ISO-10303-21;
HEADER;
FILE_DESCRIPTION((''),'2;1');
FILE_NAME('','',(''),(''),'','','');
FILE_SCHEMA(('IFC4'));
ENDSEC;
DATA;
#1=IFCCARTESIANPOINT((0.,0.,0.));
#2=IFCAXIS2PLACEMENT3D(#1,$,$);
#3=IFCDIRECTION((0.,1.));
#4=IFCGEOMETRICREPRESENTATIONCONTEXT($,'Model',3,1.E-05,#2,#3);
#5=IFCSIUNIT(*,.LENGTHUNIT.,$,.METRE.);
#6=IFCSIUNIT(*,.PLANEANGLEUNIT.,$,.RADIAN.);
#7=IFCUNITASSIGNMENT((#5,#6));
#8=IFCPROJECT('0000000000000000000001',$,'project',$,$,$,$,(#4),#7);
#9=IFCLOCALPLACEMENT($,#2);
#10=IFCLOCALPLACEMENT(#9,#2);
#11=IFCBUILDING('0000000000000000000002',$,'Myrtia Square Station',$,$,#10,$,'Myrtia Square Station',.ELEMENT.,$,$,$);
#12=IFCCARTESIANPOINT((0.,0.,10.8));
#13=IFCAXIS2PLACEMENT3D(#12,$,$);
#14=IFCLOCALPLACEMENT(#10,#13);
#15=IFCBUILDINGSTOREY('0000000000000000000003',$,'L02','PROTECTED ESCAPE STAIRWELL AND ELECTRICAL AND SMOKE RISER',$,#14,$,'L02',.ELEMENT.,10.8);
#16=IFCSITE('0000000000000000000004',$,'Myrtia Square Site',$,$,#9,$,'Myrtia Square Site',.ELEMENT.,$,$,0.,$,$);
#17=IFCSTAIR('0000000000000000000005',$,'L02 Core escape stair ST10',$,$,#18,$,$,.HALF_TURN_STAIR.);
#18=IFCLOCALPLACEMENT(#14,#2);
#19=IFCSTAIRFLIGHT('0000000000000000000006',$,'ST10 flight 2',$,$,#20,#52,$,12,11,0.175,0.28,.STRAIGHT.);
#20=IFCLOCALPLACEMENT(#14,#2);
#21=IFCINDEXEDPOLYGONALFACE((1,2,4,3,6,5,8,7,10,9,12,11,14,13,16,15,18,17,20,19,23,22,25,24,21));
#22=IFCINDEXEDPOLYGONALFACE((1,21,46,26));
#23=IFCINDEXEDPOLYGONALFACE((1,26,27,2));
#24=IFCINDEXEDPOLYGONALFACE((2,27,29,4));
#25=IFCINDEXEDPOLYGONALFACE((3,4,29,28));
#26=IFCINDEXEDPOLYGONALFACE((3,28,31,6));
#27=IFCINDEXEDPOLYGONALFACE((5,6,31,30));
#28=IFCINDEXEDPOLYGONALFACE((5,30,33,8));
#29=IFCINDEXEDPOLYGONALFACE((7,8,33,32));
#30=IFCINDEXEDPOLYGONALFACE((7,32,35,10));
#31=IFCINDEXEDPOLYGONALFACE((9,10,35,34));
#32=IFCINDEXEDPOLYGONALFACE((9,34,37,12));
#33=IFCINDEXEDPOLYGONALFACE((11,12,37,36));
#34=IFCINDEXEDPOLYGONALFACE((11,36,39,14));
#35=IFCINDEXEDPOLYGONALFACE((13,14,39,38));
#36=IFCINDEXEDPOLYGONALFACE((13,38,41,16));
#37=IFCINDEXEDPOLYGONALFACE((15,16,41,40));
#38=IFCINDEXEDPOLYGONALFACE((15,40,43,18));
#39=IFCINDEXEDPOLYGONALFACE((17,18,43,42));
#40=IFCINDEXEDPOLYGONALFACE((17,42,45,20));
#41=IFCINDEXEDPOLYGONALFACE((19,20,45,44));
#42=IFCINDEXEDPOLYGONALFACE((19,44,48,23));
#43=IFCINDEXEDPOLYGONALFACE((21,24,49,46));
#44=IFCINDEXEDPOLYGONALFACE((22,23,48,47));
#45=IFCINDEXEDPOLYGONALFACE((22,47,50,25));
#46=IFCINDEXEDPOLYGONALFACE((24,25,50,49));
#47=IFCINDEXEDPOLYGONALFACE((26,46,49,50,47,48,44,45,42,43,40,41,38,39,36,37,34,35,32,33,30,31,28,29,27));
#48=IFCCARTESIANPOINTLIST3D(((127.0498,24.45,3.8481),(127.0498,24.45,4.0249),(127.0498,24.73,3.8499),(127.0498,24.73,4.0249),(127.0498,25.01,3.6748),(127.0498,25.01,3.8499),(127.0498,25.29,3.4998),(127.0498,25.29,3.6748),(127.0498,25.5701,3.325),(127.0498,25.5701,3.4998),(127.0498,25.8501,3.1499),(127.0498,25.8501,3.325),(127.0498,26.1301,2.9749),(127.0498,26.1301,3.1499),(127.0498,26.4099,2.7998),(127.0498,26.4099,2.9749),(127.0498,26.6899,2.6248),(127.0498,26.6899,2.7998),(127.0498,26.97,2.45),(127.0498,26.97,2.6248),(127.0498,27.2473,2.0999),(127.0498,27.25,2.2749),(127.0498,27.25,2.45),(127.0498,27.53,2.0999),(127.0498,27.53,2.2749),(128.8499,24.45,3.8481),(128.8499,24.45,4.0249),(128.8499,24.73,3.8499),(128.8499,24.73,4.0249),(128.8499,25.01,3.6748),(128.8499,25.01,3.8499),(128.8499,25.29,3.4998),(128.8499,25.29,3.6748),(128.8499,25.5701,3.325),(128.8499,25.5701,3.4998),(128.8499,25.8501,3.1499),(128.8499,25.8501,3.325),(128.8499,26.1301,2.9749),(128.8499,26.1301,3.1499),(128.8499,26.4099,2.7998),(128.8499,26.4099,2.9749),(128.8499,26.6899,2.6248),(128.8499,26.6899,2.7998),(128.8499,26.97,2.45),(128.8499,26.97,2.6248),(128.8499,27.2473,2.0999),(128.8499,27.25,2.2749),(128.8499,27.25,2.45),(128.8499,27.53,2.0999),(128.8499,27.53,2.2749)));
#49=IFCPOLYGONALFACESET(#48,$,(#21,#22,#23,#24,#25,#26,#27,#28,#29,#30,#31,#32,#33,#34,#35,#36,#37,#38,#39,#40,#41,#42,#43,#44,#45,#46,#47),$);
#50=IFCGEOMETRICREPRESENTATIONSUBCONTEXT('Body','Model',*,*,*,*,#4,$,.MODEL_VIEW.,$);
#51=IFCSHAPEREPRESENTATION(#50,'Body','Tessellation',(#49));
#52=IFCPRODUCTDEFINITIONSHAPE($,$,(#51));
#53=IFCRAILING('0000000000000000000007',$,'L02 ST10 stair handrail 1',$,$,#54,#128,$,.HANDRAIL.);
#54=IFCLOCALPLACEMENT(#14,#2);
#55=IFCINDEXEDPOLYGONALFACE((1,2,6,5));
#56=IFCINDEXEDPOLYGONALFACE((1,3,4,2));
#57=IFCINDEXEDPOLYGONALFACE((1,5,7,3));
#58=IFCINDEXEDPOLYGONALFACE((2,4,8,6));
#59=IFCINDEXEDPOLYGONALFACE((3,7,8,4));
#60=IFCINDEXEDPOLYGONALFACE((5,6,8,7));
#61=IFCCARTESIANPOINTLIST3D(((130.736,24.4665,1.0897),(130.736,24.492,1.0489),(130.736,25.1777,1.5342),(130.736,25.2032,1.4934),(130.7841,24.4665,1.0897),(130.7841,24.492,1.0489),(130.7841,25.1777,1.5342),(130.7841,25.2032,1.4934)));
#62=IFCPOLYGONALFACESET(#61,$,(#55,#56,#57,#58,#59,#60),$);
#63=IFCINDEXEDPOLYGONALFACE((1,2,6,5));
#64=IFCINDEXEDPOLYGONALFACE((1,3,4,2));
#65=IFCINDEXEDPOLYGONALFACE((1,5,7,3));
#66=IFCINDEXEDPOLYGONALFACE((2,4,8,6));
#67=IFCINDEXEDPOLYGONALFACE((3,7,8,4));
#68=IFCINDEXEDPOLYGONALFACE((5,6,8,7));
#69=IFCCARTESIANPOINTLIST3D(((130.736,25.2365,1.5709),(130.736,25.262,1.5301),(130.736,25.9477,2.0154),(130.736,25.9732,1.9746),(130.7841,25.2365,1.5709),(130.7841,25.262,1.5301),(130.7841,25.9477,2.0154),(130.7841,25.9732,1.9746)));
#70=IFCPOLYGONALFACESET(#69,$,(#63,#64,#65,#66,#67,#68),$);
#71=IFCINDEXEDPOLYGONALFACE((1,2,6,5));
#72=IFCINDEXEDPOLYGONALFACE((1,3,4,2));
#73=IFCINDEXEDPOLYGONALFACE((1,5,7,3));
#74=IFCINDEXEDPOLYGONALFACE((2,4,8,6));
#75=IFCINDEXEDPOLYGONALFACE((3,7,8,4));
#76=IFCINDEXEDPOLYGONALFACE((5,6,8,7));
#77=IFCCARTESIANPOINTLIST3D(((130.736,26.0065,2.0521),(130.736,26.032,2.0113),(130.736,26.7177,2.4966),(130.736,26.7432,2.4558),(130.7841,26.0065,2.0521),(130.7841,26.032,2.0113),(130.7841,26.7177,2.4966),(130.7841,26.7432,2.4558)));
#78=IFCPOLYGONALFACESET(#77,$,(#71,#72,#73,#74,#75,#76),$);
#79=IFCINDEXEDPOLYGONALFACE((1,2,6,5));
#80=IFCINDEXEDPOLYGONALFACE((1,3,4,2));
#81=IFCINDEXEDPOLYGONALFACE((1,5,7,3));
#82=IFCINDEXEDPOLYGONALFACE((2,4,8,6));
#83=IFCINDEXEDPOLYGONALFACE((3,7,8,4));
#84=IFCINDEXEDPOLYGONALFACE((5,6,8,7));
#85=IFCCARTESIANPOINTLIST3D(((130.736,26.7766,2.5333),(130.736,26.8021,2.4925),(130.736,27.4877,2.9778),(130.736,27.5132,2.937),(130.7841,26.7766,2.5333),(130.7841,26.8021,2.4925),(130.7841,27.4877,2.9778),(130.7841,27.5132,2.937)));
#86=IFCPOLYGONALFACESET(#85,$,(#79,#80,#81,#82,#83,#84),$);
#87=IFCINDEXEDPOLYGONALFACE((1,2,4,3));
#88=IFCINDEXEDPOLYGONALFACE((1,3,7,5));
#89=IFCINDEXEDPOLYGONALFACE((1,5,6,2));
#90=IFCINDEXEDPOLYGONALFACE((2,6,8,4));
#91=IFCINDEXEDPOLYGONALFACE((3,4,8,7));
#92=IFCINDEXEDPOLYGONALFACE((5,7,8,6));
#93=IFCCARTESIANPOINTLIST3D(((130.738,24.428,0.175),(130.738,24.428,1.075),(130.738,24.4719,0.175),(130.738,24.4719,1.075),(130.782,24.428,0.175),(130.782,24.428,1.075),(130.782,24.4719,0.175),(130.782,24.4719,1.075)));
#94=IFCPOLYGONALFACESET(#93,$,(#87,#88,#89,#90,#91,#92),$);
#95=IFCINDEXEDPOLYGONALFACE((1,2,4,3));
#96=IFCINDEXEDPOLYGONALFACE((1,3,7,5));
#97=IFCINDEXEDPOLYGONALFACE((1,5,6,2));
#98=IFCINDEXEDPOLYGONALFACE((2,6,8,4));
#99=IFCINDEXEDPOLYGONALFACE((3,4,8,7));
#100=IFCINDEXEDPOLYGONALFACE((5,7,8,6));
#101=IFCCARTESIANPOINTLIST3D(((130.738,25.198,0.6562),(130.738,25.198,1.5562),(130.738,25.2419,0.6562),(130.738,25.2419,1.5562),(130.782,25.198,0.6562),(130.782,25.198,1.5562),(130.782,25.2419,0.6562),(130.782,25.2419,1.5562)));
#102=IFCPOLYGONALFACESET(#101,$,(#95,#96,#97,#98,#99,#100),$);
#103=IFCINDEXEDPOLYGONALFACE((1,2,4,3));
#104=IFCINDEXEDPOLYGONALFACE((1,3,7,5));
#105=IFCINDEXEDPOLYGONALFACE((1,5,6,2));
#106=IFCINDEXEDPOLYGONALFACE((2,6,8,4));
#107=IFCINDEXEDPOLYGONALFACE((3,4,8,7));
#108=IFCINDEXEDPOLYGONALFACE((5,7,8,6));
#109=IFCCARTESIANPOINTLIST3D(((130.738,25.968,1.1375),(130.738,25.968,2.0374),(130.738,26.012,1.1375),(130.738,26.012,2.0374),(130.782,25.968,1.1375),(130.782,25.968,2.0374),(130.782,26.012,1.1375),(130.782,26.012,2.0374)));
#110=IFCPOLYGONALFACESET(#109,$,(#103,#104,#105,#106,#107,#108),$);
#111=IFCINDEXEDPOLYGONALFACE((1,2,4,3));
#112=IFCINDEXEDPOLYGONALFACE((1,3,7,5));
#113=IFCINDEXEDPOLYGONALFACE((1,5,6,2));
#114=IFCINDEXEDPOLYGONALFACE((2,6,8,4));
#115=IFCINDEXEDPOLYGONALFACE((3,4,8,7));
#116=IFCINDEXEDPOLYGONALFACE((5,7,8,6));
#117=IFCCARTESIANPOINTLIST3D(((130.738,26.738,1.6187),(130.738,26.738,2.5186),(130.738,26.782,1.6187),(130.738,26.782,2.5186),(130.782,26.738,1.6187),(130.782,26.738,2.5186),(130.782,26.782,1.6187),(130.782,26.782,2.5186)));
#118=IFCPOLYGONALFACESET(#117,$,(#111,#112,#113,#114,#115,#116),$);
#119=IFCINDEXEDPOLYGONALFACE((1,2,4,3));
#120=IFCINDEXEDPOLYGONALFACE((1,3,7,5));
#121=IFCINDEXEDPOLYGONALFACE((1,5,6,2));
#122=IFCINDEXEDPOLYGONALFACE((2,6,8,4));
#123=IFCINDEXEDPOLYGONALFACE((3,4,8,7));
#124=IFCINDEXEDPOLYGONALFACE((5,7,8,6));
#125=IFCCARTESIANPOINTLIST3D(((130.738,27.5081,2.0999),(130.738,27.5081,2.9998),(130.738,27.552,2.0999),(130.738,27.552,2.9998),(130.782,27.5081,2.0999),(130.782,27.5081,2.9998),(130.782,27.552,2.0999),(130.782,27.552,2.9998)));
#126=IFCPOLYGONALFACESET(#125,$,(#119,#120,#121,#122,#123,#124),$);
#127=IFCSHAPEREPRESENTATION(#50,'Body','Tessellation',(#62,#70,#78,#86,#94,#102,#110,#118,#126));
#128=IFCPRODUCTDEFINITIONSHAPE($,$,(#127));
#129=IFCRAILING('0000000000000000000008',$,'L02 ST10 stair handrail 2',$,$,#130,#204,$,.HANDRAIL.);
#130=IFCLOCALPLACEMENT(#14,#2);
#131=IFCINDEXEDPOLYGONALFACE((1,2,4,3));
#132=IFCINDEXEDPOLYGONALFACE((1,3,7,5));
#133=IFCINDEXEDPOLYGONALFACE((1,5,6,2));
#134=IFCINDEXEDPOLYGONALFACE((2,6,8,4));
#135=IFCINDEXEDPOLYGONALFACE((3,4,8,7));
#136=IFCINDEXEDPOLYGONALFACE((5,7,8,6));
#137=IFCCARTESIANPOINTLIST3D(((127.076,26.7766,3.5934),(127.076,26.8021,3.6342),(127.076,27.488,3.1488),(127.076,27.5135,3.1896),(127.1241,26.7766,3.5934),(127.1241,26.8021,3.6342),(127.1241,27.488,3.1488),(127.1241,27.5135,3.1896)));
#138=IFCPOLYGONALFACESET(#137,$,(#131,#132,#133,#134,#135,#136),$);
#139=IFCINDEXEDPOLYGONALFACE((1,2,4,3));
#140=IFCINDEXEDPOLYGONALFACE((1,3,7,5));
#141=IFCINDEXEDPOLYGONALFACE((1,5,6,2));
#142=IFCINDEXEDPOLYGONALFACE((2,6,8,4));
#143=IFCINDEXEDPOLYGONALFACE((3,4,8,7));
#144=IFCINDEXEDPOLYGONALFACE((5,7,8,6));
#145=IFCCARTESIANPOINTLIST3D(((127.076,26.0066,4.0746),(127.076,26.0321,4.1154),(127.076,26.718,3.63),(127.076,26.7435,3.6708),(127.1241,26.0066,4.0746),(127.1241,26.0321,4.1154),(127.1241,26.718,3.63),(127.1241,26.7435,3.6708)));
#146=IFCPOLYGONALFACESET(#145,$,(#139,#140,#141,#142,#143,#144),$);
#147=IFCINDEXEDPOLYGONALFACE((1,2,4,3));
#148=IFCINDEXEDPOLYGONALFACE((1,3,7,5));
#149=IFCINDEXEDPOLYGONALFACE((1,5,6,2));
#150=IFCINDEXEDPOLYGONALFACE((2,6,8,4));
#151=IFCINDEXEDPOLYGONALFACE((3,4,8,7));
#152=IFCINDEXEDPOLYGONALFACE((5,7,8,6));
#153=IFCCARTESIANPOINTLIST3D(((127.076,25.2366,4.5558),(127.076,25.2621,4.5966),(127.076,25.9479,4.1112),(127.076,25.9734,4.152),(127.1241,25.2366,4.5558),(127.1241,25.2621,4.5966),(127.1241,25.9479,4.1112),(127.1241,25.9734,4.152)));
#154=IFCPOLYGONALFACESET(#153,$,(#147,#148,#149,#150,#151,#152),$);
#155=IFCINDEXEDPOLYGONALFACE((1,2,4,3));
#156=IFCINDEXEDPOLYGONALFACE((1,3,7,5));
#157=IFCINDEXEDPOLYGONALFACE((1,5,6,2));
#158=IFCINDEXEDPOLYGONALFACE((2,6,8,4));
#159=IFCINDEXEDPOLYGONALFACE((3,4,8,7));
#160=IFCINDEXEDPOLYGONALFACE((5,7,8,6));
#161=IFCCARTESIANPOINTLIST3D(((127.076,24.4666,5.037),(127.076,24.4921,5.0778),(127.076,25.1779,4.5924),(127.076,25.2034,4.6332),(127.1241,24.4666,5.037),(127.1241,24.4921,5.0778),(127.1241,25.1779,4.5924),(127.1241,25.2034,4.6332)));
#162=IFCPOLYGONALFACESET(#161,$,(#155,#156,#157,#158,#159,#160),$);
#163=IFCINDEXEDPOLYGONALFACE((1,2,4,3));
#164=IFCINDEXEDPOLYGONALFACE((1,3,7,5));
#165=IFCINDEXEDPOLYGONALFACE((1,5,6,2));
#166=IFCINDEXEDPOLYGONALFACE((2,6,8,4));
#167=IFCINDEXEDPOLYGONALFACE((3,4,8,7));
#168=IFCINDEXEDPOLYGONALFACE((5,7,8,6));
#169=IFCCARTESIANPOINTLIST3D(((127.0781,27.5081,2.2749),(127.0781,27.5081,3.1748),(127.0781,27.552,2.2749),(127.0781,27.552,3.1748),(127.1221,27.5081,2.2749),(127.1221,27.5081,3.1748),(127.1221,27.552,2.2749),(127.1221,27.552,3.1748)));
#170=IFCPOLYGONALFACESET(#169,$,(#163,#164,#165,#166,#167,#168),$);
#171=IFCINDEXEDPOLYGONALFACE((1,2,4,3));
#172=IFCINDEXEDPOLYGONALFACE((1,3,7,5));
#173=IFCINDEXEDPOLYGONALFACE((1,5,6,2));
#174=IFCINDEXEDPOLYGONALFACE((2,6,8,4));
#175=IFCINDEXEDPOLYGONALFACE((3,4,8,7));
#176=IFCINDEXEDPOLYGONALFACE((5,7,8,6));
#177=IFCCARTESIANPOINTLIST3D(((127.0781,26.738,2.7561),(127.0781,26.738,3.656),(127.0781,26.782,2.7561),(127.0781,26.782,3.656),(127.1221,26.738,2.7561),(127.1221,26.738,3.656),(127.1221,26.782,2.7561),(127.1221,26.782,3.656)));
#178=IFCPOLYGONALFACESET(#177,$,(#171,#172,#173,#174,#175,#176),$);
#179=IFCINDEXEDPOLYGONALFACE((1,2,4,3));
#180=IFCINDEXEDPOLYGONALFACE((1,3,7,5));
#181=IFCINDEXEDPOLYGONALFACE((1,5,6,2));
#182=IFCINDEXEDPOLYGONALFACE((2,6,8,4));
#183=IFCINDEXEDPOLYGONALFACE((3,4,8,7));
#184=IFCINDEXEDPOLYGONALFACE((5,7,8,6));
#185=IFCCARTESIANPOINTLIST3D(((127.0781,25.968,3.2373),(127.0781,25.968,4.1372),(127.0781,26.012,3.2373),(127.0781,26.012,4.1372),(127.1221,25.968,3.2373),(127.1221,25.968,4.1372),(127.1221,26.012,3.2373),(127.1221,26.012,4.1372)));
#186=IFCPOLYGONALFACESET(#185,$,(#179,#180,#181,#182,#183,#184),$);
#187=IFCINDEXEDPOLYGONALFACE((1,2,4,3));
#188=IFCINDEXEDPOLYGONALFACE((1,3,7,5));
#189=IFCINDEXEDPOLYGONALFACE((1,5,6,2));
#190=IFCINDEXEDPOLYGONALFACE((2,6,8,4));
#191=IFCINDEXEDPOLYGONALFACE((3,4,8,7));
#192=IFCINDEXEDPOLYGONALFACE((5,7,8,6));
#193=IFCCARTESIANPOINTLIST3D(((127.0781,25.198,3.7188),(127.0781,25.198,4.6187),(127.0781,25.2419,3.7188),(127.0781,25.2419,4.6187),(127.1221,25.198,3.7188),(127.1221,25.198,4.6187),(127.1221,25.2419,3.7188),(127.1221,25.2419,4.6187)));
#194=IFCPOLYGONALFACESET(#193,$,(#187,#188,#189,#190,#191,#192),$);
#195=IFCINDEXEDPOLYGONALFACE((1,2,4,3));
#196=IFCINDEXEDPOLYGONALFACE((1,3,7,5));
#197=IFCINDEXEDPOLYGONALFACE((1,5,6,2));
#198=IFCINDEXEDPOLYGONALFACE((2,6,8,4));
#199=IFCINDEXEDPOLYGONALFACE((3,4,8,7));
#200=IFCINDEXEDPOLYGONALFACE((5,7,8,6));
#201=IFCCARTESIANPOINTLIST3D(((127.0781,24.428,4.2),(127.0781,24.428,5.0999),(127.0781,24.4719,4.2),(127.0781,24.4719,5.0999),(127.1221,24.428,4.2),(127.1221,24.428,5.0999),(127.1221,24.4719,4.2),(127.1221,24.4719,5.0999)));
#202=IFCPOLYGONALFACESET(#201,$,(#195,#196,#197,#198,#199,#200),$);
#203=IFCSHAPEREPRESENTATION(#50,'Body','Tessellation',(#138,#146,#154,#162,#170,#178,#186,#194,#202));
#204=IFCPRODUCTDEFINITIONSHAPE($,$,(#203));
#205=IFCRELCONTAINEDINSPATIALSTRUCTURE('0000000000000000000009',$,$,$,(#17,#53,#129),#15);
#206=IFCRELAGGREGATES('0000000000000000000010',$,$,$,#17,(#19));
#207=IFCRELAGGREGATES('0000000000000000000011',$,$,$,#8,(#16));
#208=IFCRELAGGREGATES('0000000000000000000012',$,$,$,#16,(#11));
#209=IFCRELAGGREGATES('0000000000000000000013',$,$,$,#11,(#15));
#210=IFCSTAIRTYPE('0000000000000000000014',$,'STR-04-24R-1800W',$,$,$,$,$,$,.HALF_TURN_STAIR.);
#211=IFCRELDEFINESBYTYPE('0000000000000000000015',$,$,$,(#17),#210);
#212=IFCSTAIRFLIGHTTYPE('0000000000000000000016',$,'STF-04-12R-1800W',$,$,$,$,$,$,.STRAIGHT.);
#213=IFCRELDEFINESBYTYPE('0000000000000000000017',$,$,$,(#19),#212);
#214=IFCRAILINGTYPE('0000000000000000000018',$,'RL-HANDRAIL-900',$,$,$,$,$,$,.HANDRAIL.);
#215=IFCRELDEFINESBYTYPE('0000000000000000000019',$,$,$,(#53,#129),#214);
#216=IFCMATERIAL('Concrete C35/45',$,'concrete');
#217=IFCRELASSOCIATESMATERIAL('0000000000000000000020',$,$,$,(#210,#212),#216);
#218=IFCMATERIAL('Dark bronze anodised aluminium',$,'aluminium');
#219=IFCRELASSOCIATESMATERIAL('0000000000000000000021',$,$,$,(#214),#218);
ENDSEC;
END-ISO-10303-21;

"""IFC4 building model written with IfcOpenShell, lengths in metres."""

from ifc_helpers import new_model, si_unit, direction, frame, origin, origin_2d, place, context, subcontext, project, spatial, polyline, rectangle, outline, extrude, material, type_object, element, aggregate, save


model = new_model("IFC4")

# Units and contexts
model_context = context("Model", 3, precision=1e-05, world=origin(), true_north=direction((0.0, 1.0)))
body_context = subcontext(model_context, "Body", "Model", "MODEL_VIEW")
ifc_project = project(units=[si_unit("LENGTHUNIT", "METRE"), si_unit("PLANEANGLEUNIT", "RADIAN")], contexts=[model_context])

# Site, building, storey
site_placement = place(None, origin())
site = spatial("IfcSite", under=ifc_project, at=site_placement, Name="Myrtia Square Site", LongName="Myrtia Square Site", CompositionType="ELEMENT", RefElevation=0.0)
building_placement = place(site_placement, origin())
building = spatial("IfcBuilding", under=site, at=building_placement, Name="Myrtia Square Station", LongName="Myrtia Square Station", CompositionType="ELEMENT")
storey_placement = place(building_placement, frame((0.0, 0.0, 10.8)))
storey = spatial("IfcBuildingStorey", under=building, at=storey_placement, Name="L02", Description="PROTECTED ESCAPE STAIRWELL AND ELECTRICAL AND SMOKE RISER", LongName="L02", CompositionType="ELEMENT", Elevation=10.8)

# Shared definitions
ifc_material_1 = material(Name="Concrete C35/45", Category="concrete")
ifc_material_2 = material(Name="Dark bronze anodised aluminium", Category="aluminium")

# Stair, stair flight
stair_type = type_object("IfcStairType", Name="STR-04-24R-1800W", PredefinedType="HALF_TURN_STAIR", material=ifc_material_1)
stair_placement = place(storey_placement, origin())
stair = element("IfcStair", 1, at=stair_placement, inside=storey, type_object=stair_type, Name="L02 Core escape stair ST10", PredefinedType="HALF_TURN_STAIR")
stair_flight_type = type_object("IfcStairFlightType", Name="STF-04-12R-1800W", PredefinedType="STRAIGHT", material=ifc_material_1)
stair_flight_1_placement = place(storey_placement, frame((127.95, 27.53, 2.0999), z_axis=(0.0, 0.0, 1.0), x_axis=(0.0, -1.0, 0.0)))
stair_flight_1 = element("IfcStairFlight", 2, at=stair_flight_1_placement, type_object=stair_flight_type, Name="ST10 flight 2", NumberOfRisers=12, NumberOfTreads=11, PredefinedType="STRAIGHT", RiserHeight=0.175, TreadLength=0.28, context=body_context, shape_type="SweptSolid", body=[
    extrude(outline(polyline([(0.0, 0.0), (0.0, 0.175), (0.28, 0.175), (0.28, 0.3501), (0.5601, 0.3501), (0.5601, 0.5249), (0.8401, 0.5249), (0.8401, 0.7), (1.1201, 0.7), (1.1201, 0.875), (1.3999, 0.875), (1.3999, 1.05), (1.6799, 1.05), (1.6799, 1.2251), (1.96, 1.2251), (1.96, 1.3999), (2.24, 1.3999), (2.24, 1.575), (2.52, 1.575), (2.52, 1.75), (2.8, 1.75), (2.8, 1.925), (3.0801, 1.925), (3.0801, 2.1001), (3.0801, 1.7483), (0.2827, 0.0), (0.0, 0.0)])), frame((0.0, 0.8999, 0.0), z_axis=(0.0, -1.0, 0.0), x_axis=(1.0, 0.0, 0.0)), (0.0, 0.0, 1.0), 1.8),
])
aggregate(stair, [stair_flight_1])

# Railings
railing_type_1 = type_object("IfcRailingType", Name="RL-HANDRAIL-900", PredefinedType="HANDRAIL", material=ifc_material_2)
railing_1_placement = place(storey_placement, frame((130.76, 24.45, 0.175)))
element("IfcRailing", 3, at=railing_1_placement, inside=storey, type_object=railing_type_1, Name="L02 ST10 stair handrail 1", PredefinedType="HANDRAIL", context=body_context, shape_type="SweptSolid", body=[
    extrude(rectangle(XDim=0.0481, YDim=0.0481, at=origin_2d()), frame((0.0, 0.0293, 0.8943), z_axis=(0.0, 0.848029, 0.529951), x_axis=(-1.0, 0.0, 0.0)), (0.0, 0.0, 1.0), 0.8386),
    extrude(rectangle(XDim=0.0481, YDim=0.0481, at=origin_2d()), frame((0.0, 0.7993, 1.3755), z_axis=(0.0, 0.848029, 0.529951), x_axis=(-1.0, 0.0, 0.0)), (0.0, 0.0, 1.0), 0.8386),
    extrude(rectangle(XDim=0.0481, YDim=0.0481, at=origin_2d()), frame((0.0, 1.5693, 1.8567), z_axis=(0.0, 0.848029, 0.529951), x_axis=(-1.0, 0.0, 0.0)), (0.0, 0.0, 1.0), 0.8386),
    extrude(rectangle(XDim=0.0481, YDim=0.0481, at=origin_2d()), frame((0.0, 2.3394, 2.3379), z_axis=(0.0, 0.848029, 0.529951), x_axis=(-1.0, 0.0, 0.0)), (0.0, 0.0, 1.0), 0.8386),
    extrude(rectangle(XDim=0.0439, YDim=0.0439, at=origin_2d()), origin(), (0.0, 0.0, 1.0), 0.8999),
    extrude(rectangle(XDim=0.0439, YDim=0.0439, at=origin_2d()), frame((0.0, 0.77, 0.4812)), (0.0, 0.0, 1.0), 0.8999),
    extrude(rectangle(XDim=0.0439, YDim=0.0439, at=origin_2d()), frame((0.0, 1.54, 0.9624)), (0.0, 0.0, 1.0), 0.8999),
    extrude(rectangle(XDim=0.0439, YDim=0.0439, at=origin_2d()), frame((0.0, 2.3101, 1.4436)), (0.0, 0.0, 1.0), 0.8999),
    extrude(rectangle(XDim=0.0439, YDim=0.0439, at=origin_2d()), frame((0.0, 3.0801, 1.9248)), (0.0, 0.0, 1.0), 0.8999),
])
railing_2_placement = place(storey_placement, frame((127.1001, 27.53, 2.2749)))
element("IfcRailing", 4, at=railing_2_placement, inside=storey, type_object=railing_type_1, Name="L02 ST10 stair handrail 2", PredefinedType="HANDRAIL", context=body_context, shape_type="SweptSolid", body=[
    extrude(rectangle(XDim=0.0481, YDim=0.0481, at=origin_2d()), frame((0.0, -0.0293, 0.8943), z_axis=(0.0, -0.847998, 0.529999), x_axis=(1.0, 0.0, 0.0)), (0.0, 0.0, 1.0), 0.8389),
    extrude(rectangle(XDim=0.0481, YDim=0.0481, at=origin_2d()), frame((0.0, -0.7993, 1.3755), z_axis=(0.0, -0.847998, 0.529999), x_axis=(1.0, 0.0, 0.0)), (0.0, 0.0, 1.0), 0.8389),
    extrude(rectangle(XDim=0.0481, YDim=0.0481, at=origin_2d()), frame((0.0, -1.5693, 1.8567), z_axis=(0.0, -0.847998, 0.529999), x_axis=(1.0, 0.0, 0.0)), (0.0, 0.0, 1.0), 0.8389),
    extrude(rectangle(XDim=0.0481, YDim=0.0481, at=origin_2d()), frame((0.0, -2.3394, 2.3379), z_axis=(0.0, -0.847998, 0.529999), x_axis=(1.0, 0.0, 0.0)), (0.0, 0.0, 1.0), 0.8389),
    extrude(rectangle(XDim=0.0439, YDim=0.0439, at=origin_2d()), origin(), (0.0, 0.0, 1.0), 0.8999),
    extrude(rectangle(XDim=0.0439, YDim=0.0439, at=origin_2d()), frame((0.0, -0.77, 0.4812)), (0.0, 0.0, 1.0), 0.8999),
    extrude(rectangle(XDim=0.0439, YDim=0.0439, at=origin_2d()), frame((0.0, -1.54, 0.9624)), (0.0, 0.0, 1.0), 0.8999),
    extrude(rectangle(XDim=0.0439, YDim=0.0439, at=origin_2d()), frame((0.0, -2.3101, 1.4438)), (0.0, 0.0, 1.0), 0.8999),
    extrude(rectangle(XDim=0.0439, YDim=0.0439, at=origin_2d()), frame((0.0, -3.0801, 1.925)), (0.0, 0.0, 1.0), 0.8999),
])

save(model, "model.ifc")
